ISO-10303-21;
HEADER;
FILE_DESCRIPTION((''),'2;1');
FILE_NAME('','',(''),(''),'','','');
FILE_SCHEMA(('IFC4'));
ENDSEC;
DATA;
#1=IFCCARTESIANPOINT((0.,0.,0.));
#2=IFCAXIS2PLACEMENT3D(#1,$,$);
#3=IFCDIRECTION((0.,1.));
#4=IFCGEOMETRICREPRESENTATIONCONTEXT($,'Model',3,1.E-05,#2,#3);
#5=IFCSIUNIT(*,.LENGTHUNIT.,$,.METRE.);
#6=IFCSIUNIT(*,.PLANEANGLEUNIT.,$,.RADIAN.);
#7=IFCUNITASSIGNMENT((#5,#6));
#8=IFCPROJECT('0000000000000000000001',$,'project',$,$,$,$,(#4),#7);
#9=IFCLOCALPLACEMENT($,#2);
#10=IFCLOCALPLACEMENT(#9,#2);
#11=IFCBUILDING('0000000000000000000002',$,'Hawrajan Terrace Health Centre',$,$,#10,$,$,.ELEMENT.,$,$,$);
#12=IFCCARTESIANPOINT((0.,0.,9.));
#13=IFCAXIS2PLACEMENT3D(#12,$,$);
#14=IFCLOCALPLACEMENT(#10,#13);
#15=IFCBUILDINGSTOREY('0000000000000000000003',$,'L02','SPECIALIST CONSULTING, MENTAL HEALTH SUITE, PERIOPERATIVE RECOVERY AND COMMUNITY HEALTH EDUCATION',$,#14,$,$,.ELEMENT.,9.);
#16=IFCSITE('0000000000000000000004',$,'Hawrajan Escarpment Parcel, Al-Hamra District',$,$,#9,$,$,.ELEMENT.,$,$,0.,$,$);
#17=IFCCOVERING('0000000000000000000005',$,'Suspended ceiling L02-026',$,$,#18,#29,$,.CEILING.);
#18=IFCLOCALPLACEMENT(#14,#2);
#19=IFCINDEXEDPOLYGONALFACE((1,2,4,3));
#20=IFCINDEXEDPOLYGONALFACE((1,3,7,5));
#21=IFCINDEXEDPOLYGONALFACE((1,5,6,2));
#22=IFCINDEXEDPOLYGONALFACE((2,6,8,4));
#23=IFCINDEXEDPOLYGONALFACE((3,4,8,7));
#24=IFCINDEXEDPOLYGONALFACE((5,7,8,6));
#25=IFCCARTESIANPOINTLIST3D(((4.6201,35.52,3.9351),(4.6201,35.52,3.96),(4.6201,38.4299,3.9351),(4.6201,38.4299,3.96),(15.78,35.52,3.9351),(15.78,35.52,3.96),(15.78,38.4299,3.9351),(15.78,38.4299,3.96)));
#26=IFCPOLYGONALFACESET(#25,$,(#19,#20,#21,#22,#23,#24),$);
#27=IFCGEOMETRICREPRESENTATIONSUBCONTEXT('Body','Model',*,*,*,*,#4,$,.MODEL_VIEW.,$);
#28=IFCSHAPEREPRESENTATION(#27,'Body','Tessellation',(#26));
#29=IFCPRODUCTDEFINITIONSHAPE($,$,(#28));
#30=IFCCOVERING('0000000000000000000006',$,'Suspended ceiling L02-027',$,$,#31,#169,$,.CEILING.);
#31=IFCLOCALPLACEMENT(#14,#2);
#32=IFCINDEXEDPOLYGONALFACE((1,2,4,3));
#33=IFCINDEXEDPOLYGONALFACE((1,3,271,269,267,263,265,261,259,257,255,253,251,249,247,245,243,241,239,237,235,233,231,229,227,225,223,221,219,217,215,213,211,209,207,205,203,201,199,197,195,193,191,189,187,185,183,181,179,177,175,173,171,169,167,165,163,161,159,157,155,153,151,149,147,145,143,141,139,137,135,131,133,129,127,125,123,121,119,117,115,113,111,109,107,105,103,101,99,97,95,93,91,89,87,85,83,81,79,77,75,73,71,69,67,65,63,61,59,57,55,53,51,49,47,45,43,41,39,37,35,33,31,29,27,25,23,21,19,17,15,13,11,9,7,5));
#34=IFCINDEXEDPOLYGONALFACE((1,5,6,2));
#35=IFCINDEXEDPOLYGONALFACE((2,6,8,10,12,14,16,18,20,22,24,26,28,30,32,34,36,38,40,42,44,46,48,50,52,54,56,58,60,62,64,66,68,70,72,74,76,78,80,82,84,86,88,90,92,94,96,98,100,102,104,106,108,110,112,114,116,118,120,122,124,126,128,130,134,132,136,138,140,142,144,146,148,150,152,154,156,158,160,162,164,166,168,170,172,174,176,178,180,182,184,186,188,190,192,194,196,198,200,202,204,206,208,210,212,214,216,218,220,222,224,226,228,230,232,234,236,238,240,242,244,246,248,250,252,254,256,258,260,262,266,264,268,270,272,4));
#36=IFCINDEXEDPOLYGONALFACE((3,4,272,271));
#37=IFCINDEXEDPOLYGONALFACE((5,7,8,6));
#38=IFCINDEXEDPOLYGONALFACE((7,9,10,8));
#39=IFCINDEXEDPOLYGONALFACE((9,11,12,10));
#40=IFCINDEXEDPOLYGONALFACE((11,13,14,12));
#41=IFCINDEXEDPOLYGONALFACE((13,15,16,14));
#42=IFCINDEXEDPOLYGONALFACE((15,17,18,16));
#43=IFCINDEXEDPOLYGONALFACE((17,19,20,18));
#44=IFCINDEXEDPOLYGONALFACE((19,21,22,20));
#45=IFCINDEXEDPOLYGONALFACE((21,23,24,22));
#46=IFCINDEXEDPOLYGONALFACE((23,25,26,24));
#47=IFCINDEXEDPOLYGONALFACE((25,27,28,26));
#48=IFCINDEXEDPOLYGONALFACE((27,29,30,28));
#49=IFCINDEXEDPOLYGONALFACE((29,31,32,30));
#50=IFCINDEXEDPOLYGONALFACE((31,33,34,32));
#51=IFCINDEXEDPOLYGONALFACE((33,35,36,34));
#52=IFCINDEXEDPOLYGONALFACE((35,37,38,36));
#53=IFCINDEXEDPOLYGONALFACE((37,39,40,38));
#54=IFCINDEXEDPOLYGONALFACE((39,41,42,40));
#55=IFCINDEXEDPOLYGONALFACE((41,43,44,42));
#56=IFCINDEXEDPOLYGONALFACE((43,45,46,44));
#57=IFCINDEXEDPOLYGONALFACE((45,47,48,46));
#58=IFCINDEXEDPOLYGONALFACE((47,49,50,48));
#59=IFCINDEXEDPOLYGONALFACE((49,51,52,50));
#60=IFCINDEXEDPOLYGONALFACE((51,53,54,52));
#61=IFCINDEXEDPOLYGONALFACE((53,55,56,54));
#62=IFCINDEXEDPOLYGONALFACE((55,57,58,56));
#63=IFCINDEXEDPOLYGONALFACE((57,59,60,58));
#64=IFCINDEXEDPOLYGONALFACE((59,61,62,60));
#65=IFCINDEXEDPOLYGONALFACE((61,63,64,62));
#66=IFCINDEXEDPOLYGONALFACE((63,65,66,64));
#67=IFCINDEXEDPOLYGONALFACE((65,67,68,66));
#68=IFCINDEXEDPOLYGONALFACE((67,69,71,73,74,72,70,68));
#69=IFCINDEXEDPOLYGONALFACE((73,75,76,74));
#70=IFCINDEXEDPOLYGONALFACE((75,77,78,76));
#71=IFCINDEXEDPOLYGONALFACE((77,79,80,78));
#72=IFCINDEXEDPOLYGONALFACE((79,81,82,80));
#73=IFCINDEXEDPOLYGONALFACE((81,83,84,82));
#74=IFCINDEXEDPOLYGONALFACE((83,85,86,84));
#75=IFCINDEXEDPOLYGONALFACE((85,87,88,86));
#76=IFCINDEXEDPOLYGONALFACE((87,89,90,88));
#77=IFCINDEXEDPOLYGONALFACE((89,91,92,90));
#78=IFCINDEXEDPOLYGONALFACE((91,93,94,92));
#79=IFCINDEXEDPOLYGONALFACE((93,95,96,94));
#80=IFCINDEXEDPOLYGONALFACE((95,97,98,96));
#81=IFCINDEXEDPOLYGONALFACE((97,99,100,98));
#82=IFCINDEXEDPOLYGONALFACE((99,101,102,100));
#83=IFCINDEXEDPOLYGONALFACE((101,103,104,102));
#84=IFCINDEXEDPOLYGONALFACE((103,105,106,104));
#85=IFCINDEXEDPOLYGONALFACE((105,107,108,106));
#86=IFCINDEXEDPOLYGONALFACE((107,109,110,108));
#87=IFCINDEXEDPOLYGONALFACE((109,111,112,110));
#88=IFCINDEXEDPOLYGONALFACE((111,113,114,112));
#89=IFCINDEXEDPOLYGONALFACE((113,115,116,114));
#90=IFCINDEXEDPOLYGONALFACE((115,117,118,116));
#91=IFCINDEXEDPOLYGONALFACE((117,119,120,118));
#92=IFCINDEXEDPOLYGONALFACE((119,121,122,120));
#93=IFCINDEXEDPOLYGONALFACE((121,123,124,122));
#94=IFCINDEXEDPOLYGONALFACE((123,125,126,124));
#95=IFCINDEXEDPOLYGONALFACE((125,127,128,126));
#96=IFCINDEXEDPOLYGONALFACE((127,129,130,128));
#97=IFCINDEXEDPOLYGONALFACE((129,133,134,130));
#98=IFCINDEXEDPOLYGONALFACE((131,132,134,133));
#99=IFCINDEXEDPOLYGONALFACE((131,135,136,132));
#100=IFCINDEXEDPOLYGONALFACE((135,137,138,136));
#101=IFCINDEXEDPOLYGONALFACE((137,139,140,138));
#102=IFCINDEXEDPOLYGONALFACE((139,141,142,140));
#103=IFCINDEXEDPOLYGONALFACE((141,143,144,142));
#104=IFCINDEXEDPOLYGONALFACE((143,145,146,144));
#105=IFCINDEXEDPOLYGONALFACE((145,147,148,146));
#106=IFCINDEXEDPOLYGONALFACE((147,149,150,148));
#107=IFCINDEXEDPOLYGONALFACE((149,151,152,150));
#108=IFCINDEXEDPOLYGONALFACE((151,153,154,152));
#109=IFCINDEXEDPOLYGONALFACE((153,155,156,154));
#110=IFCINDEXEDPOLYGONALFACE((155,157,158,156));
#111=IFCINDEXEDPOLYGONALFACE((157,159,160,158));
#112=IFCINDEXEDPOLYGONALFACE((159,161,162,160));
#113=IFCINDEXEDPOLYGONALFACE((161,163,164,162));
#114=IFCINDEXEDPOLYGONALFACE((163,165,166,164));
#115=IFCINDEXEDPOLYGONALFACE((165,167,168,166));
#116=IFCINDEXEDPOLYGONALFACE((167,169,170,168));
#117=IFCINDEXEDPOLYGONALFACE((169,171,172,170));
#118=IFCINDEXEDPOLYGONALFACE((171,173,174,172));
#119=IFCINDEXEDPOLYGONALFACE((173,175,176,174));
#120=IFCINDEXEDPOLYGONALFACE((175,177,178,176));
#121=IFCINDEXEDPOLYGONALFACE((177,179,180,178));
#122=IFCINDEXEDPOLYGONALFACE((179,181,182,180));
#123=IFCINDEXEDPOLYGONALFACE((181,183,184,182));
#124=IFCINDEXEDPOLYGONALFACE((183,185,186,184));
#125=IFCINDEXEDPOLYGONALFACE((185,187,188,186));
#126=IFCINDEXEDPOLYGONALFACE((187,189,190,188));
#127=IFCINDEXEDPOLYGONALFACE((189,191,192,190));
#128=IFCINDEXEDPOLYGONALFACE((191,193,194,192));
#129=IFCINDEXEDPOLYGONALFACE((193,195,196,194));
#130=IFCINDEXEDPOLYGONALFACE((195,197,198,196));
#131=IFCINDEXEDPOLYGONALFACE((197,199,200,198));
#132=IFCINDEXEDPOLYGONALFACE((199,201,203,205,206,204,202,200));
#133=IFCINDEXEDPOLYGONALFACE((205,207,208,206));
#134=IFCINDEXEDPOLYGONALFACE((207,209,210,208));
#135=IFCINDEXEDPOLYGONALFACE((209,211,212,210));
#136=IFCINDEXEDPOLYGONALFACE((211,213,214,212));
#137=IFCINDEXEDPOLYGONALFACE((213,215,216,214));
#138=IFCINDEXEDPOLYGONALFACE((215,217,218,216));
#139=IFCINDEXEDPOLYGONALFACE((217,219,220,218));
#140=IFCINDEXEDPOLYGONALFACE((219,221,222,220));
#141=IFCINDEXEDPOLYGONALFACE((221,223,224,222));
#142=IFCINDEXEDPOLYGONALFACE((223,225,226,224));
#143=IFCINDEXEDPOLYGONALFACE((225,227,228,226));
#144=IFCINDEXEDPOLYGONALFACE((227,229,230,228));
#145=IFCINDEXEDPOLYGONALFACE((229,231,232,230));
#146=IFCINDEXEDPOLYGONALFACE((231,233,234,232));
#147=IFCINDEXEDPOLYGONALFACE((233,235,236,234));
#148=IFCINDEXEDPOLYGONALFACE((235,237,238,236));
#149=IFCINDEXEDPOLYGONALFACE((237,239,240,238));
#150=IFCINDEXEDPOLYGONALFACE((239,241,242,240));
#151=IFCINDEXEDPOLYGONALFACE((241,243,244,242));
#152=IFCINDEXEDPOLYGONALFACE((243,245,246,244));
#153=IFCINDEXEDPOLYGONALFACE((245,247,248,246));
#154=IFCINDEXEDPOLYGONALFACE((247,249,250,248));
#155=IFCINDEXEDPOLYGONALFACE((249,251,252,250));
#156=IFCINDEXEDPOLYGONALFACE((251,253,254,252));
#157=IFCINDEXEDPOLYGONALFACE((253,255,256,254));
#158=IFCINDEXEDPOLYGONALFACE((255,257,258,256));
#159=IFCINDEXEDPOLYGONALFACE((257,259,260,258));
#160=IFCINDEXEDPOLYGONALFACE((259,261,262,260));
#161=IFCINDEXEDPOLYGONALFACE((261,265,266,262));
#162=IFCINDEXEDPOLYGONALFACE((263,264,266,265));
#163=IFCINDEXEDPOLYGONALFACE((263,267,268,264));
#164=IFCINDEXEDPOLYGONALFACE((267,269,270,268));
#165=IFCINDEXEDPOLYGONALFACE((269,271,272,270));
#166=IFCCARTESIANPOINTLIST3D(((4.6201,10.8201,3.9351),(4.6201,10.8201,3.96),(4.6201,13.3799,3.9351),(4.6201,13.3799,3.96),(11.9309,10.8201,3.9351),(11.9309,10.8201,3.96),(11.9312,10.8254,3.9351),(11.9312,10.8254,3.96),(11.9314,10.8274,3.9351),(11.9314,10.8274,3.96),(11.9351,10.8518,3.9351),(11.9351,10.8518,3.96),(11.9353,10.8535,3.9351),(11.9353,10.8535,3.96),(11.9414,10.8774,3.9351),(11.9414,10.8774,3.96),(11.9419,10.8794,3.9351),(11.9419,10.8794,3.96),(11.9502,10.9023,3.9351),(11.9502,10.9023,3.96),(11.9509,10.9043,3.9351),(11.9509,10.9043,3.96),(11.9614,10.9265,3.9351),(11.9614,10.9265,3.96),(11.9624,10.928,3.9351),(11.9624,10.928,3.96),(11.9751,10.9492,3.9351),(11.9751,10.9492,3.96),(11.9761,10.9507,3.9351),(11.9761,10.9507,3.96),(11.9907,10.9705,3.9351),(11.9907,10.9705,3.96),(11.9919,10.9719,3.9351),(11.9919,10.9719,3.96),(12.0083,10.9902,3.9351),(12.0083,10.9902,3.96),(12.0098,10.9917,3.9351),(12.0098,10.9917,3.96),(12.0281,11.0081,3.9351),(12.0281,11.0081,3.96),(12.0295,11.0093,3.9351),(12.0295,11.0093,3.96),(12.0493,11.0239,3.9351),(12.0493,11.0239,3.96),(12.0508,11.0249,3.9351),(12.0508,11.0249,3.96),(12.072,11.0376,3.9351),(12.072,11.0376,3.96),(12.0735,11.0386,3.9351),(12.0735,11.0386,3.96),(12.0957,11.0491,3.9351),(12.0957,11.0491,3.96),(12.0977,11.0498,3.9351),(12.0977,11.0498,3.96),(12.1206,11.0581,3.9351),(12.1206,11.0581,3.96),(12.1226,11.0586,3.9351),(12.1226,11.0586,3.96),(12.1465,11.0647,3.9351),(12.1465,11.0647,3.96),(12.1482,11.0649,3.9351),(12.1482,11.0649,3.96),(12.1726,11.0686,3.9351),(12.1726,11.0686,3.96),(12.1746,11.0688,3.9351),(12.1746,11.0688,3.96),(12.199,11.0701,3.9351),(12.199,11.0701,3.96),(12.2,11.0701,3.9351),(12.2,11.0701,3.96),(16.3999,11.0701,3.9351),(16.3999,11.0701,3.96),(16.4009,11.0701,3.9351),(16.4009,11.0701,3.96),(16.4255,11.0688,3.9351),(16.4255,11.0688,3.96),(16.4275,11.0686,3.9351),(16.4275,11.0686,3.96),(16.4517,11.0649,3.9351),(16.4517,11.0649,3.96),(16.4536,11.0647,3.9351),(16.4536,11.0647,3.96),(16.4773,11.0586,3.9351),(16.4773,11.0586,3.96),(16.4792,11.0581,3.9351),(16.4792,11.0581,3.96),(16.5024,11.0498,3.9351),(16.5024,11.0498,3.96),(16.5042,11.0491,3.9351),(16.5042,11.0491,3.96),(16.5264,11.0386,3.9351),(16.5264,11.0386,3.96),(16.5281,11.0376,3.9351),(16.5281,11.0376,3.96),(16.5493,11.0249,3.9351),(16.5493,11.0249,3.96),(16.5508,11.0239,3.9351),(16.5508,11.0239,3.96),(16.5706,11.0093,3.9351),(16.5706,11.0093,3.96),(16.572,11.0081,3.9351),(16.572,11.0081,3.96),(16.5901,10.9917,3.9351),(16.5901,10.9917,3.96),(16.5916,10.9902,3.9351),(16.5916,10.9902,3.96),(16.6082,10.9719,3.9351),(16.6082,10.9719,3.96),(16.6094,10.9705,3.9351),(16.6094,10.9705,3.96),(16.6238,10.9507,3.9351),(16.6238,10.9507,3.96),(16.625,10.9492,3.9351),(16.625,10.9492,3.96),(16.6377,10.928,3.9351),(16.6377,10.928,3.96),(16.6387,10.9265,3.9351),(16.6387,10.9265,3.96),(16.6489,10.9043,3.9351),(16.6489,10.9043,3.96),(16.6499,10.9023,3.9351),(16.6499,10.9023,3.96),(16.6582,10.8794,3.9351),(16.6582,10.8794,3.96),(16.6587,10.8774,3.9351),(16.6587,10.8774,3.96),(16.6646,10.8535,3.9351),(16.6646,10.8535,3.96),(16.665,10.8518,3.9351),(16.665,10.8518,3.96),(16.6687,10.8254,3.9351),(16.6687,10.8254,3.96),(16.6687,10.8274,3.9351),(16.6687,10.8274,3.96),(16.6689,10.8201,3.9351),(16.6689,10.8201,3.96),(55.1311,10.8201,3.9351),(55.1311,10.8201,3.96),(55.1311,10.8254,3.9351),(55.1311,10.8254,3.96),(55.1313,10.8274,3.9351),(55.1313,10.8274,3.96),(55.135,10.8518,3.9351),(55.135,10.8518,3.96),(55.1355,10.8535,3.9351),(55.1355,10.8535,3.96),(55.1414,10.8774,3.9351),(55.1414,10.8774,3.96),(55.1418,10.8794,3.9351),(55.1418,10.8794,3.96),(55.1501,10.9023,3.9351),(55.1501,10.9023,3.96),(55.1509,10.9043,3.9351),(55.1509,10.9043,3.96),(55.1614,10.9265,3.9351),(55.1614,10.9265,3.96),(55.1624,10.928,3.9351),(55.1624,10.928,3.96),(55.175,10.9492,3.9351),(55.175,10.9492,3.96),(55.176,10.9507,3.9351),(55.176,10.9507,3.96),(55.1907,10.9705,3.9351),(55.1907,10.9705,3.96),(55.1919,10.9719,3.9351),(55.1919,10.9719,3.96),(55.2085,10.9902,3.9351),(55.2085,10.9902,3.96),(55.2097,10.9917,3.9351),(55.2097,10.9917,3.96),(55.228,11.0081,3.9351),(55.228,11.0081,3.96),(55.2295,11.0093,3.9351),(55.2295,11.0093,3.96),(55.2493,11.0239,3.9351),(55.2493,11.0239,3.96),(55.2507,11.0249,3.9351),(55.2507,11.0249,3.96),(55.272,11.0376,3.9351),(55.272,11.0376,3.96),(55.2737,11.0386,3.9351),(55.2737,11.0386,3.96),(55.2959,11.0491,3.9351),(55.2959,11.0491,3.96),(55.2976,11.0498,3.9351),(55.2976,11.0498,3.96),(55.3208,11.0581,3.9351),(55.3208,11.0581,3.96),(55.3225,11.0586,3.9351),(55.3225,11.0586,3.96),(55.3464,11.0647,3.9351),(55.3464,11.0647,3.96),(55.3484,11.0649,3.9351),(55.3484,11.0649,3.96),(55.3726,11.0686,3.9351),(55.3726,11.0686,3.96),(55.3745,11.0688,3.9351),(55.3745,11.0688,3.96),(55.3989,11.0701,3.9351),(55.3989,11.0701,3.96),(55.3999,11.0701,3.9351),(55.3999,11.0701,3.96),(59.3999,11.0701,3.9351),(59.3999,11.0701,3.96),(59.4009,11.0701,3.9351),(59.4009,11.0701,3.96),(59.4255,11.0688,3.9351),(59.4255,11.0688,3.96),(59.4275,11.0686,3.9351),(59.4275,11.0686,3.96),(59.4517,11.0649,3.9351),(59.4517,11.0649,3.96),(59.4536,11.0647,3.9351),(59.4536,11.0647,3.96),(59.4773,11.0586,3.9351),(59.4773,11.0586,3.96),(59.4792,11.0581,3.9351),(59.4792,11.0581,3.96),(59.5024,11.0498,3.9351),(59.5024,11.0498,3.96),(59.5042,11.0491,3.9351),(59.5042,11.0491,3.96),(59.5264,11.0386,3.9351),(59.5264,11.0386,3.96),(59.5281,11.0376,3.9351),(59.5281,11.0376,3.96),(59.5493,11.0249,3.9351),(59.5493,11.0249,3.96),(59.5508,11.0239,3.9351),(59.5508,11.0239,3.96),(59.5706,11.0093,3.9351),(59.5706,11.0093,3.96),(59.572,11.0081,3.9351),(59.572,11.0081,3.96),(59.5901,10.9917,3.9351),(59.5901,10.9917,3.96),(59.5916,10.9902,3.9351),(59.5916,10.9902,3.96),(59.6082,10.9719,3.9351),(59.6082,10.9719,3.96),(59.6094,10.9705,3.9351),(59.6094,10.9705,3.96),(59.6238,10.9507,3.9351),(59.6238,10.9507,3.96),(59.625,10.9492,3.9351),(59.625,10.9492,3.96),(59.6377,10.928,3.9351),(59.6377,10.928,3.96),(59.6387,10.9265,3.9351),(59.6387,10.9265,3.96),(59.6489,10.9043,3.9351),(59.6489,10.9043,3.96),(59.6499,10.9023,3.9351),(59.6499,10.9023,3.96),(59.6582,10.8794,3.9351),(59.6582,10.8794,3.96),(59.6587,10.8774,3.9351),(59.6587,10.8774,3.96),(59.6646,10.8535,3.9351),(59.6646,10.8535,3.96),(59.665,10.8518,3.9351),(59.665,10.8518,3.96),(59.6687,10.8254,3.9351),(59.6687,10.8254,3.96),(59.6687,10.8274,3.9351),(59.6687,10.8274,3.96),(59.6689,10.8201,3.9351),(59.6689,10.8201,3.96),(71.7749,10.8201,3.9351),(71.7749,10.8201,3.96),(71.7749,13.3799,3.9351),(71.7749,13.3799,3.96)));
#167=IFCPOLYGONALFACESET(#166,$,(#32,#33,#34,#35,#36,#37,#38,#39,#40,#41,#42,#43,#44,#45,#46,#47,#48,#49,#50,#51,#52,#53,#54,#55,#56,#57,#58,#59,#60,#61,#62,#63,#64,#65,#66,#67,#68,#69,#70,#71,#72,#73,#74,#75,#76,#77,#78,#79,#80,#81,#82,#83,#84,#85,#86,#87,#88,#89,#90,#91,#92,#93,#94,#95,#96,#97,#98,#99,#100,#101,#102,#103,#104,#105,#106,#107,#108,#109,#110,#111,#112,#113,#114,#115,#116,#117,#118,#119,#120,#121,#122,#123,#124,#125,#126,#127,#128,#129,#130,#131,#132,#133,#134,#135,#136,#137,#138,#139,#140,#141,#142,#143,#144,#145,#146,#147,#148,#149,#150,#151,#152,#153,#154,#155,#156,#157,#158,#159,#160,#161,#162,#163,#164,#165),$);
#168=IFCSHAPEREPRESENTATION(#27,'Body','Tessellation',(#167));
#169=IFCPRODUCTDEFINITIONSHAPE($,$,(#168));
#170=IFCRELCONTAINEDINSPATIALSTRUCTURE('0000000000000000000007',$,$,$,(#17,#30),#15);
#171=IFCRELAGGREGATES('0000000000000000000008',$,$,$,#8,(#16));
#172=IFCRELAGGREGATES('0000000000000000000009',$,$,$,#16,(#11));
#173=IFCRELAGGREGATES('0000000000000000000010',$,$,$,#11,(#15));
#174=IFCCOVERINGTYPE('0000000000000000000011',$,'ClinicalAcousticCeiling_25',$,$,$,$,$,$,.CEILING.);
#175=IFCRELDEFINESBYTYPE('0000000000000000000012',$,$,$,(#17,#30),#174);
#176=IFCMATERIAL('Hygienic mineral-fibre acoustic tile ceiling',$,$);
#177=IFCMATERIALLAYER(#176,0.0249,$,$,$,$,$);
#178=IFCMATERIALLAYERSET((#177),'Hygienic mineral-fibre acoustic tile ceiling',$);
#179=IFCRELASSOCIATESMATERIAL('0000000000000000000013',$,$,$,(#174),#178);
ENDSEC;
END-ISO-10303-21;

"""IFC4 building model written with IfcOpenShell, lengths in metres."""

from ifc_helpers import new_model, si_unit, direction, frame, origin, place, context, subcontext, project, spatial, polyline, outline, extrude, material, layer, layer_set, type_object, element, save


model = new_model("IFC4")

# Units and contexts
model_context = context("Model", 3, precision=1e-05, world=origin(), true_north=direction((0.0, 1.0)))
body_context = subcontext(model_context, "Body", "Model", "MODEL_VIEW")
ifc_project = project(units=[si_unit("LENGTHUNIT", "METRE"), si_unit("PLANEANGLEUNIT", "RADIAN")], contexts=[model_context])

# Site, building, storey
site_placement = place(None, origin())
site = spatial("IfcSite", under=ifc_project, at=site_placement, Name="Hawrajan Escarpment Parcel, Al-Hamra District", CompositionType="ELEMENT", RefElevation=0.0)
building_placement = place(site_placement, origin())
building = spatial("IfcBuilding", under=site, at=building_placement, Name="Hawrajan Terrace Health Centre", CompositionType="ELEMENT")
storey_placement = place(building_placement, frame((0.0, 0.0, 9.0)))
storey = spatial("IfcBuildingStorey", under=building, at=storey_placement, Name="L02", Description="SPECIALIST CONSULTING, MENTAL HEALTH SUITE, PERIOPERATIVE RECOVERY AND COMMUNITY HEALTH EDUCATION", CompositionType="ELEMENT", Elevation=9.0)

# Coverings
ifc_material = material(Name="Hygienic mineral-fibre acoustic tile ceiling")
ifc_layer = layer(ifc_material, 0.0249)
ifc_layer_set = layer_set([ifc_layer], Name="Hygienic mineral-fibre acoustic tile ceiling")
covering_type = type_object("IfcCoveringType", Name="ClinicalAcousticCeiling_25", PredefinedType="CEILING", material=ifc_layer_set)
covering_1_placement = place(storey_placement, frame((0.0, 0.0, 3.9351)))
element("IfcCovering", 1, at=covering_1_placement, inside=storey, type_object=covering_type, Name="Suspended ceiling L02-026", PredefinedType="CEILING", context=body_context, shape_type="SweptSolid", body=[
    extrude(outline(polyline([(4.6201, 38.4299), (15.78, 38.4299), (15.78, 35.52), (4.6201, 35.52), (4.6201, 38.4299)])), origin(), (0.0, 0.0, 1.0), 0.0249),
])
covering_2_placement = place(storey_placement, frame((0.0, 0.0, 3.9351)))
element("IfcCovering", 2, at=covering_2_placement, inside=storey, type_object=covering_type, Name="Suspended ceiling L02-027", PredefinedType="CEILING", context=body_context, shape_type="SweptSolid", body=[
    extrude(outline(polyline([(4.6201, 10.8201), (4.6201, 13.3799), (71.7749, 13.3799), (71.7749, 10.8201), (59.6689, 10.8201), (59.6687, 10.8254), (59.6687, 10.8274), (59.665, 10.8518), (59.6646, 10.8535), (59.6587, 10.8774), (59.6582, 10.8794), (59.6499, 10.9023), (59.6489, 10.9043), (59.6387, 10.9265), (59.6377, 10.928), (59.625, 10.9492), (59.6238, 10.9507), (59.6094, 10.9705), (59.6082, 10.9719), (59.5916, 10.9902), (59.5901, 10.9917), (59.572, 11.0081), (59.5706, 11.0093), (59.5508, 11.0239), (59.5493, 11.0249), (59.5281, 11.0376), (59.5264, 11.0386), (59.5042, 11.0491), (59.5024, 11.0498), (59.4792, 11.0581), (59.4773, 11.0586), (59.4536, 11.0647), (59.4517, 11.0649), (59.4275, 11.0686), (59.4255, 11.0688), (59.4009, 11.0701), (59.3999, 11.0701), (55.3999, 11.0701), (55.3989, 11.0701), (55.3745, 11.0688), (55.3726, 11.0686), (55.3484, 11.0649), (55.3464, 11.0647), (55.3225, 11.0586), (55.3208, 11.0581), (55.2976, 11.0498), (55.2959, 11.0491), (55.2737, 11.0386), (55.272, 11.0376), (55.2507, 11.0249), (55.2493, 11.0239), (55.2295, 11.0093), (55.228, 11.0081), (55.2097, 10.9917), (55.2085, 10.9902), (55.1919, 10.9719), (55.1907, 10.9705), (55.176, 10.9507), (55.175, 10.9492), (55.1624, 10.928), (55.1614, 10.9265), (55.1509, 10.9043), (55.1501, 10.9023), (55.1418, 10.8794), (55.1414, 10.8774), (55.1355, 10.8535), (55.135, 10.8518), (55.1313, 10.8274), (55.1311, 10.8254), (55.1311, 10.8201), (16.6689, 10.8201), (16.6687, 10.8254), (16.6687, 10.8274), (16.665, 10.8518), (16.6646, 10.8535), (16.6587, 10.8774), (16.6582, 10.8794), (16.6499, 10.9023), (16.6489, 10.9043), (16.6387, 10.9265), (16.6377, 10.928), (16.625, 10.9492), (16.6238, 10.9507), (16.6094, 10.9705), (16.6082, 10.9719), (16.5916, 10.9902), (16.5901, 10.9917), (16.572, 11.0081), (16.5706, 11.0093), (16.5508, 11.0239), (16.5493, 11.0249), (16.5281, 11.0376), (16.5264, 11.0386), (16.5042, 11.0491), (16.5024, 11.0498), (16.4792, 11.0581), (16.4773, 11.0586), (16.4536, 11.0647), (16.4517, 11.0649), (16.4275, 11.0686), (16.4255, 11.0688), (16.4009, 11.0701), (16.3999, 11.0701), (12.2, 11.0701), (12.199, 11.0701), (12.1746, 11.0688), (12.1726, 11.0686), (12.1482, 11.0649), (12.1465, 11.0647), (12.1226, 11.0586), (12.1206, 11.0581), (12.0977, 11.0498), (12.0957, 11.0491), (12.0735, 11.0386), (12.072, 11.0376), (12.0508, 11.0249), (12.0493, 11.0239), (12.0295, 11.0093), (12.0281, 11.0081), (12.0098, 10.9917), (12.0083, 10.9902), (11.9919, 10.9719), (11.9907, 10.9705), (11.9761, 10.9507), (11.9751, 10.9492), (11.9624, 10.928), (11.9614, 10.9265), (11.9509, 10.9043), (11.9502, 10.9023), (11.9419, 10.8794), (11.9414, 10.8774), (11.9353, 10.8535), (11.9351, 10.8518), (11.9314, 10.8274), (11.9312, 10.8254), (11.9309, 10.8201), (4.6201, 10.8201)])), origin(), (0.0, 0.0, 1.0), 0.0249),
])

save(model, "model.ifc")
